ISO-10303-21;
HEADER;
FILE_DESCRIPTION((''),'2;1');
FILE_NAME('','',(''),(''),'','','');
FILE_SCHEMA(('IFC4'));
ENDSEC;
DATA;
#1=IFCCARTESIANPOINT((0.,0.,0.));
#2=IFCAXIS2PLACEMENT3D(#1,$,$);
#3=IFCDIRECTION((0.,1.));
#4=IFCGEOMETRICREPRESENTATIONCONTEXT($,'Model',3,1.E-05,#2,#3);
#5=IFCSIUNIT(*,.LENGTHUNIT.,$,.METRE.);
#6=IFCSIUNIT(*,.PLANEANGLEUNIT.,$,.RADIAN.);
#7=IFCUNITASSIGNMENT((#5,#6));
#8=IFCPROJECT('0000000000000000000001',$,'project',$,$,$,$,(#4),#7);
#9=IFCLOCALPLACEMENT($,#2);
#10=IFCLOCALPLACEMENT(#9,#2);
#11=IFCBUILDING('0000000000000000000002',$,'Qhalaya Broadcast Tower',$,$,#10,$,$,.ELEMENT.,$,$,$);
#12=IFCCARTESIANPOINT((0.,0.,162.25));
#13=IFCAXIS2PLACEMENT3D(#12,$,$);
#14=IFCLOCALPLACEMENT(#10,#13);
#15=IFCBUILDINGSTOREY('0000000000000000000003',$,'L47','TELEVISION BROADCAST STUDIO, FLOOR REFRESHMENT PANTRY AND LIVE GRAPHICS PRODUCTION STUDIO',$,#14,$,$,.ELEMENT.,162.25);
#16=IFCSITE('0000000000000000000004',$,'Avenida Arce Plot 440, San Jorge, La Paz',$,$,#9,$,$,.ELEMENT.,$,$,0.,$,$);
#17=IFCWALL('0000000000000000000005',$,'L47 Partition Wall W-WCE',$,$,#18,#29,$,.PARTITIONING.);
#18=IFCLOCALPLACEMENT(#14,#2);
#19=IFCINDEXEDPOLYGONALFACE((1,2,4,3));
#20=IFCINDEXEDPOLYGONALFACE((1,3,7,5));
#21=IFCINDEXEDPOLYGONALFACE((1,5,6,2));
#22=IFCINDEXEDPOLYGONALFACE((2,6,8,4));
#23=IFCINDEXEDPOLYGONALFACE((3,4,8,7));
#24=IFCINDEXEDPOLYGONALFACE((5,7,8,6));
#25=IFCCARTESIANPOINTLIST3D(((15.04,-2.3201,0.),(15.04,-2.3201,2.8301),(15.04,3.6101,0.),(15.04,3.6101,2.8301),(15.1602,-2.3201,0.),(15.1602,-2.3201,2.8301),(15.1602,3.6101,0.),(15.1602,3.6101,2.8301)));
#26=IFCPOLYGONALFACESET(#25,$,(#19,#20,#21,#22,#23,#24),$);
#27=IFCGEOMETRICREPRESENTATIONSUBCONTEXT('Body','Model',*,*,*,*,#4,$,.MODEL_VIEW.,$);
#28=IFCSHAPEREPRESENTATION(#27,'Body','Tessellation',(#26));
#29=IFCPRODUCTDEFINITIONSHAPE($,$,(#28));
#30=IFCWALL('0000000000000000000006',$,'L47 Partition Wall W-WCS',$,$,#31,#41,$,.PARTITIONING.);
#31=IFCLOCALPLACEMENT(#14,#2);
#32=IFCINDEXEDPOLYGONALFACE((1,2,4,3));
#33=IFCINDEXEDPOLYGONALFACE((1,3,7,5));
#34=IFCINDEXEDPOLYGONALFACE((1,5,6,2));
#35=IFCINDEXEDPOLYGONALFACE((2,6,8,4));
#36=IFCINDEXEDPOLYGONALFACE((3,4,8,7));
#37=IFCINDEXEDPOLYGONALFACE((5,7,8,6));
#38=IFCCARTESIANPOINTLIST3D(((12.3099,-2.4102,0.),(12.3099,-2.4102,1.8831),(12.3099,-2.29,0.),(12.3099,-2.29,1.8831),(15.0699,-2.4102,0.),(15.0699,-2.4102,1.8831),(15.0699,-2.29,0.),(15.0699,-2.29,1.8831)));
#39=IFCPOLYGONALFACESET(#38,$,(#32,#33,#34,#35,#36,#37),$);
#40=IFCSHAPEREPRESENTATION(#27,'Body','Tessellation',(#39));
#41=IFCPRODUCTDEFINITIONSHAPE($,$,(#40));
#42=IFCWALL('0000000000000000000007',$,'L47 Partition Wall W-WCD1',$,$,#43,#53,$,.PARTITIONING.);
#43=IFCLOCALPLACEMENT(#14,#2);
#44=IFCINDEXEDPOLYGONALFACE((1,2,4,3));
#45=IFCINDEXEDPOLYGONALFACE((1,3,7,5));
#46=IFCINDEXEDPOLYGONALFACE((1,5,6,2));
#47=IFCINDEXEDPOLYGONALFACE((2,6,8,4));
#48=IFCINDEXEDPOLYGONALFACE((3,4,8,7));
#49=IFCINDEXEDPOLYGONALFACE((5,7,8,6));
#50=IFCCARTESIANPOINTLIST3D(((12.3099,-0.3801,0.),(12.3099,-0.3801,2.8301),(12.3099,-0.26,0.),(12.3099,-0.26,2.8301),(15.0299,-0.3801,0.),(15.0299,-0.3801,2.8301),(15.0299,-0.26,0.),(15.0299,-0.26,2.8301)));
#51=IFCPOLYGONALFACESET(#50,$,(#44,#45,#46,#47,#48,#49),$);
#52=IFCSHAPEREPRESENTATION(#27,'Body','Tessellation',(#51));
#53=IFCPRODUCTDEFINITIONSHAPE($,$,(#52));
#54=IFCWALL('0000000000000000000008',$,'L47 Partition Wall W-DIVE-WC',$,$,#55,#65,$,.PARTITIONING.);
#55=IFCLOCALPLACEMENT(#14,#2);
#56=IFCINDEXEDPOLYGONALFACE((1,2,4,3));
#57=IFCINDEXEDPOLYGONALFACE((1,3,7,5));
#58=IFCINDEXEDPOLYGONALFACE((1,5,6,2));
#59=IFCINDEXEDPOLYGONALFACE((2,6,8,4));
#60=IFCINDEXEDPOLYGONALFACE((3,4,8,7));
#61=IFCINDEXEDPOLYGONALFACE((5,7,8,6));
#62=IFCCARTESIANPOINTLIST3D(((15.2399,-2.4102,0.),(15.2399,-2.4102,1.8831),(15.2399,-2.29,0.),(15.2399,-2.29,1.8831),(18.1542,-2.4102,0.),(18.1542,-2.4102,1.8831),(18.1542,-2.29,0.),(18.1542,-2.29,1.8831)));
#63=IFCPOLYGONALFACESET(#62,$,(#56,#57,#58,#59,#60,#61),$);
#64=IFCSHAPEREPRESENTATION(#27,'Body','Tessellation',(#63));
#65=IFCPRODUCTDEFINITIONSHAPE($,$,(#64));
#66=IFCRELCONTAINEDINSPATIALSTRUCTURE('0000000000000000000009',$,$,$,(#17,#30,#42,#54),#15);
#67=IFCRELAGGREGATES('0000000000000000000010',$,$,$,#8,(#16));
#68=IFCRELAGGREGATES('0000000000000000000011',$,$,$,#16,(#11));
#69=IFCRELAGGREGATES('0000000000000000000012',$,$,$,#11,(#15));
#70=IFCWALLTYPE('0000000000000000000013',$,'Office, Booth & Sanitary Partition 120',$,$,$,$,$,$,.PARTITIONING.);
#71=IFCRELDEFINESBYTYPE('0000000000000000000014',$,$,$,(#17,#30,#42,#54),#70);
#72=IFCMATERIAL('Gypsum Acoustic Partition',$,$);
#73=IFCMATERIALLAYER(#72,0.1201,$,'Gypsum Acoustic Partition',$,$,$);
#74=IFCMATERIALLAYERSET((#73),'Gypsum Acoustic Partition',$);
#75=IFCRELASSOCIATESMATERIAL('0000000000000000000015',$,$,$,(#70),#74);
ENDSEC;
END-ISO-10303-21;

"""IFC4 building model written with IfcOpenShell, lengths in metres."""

from ifc_helpers import new_model, si_unit, direction, frame, frame_2d, origin, place, context, subcontext, project, spatial, rectangle, extrude, material, layer, layer_set, type_object, element, save


model = new_model("IFC4")

# Units and contexts
model_context = context("Model", 3, precision=1e-05, world=origin(), true_north=direction((0.0, 1.0)))
body_context = subcontext(model_context, "Body", "Model", "MODEL_VIEW")
ifc_project = project(units=[si_unit("LENGTHUNIT", "METRE"), si_unit("PLANEANGLEUNIT", "RADIAN")], contexts=[model_context])

# Site, building, storey
site_placement = place(None, origin())
site = spatial("IfcSite", under=ifc_project, at=site_placement, Name="Avenida Arce Plot 440, San Jorge, La Paz", CompositionType="ELEMENT", RefElevation=0.0)
building_placement = place(site_placement, origin())
building = spatial("IfcBuilding", under=site, at=building_placement, Name="Qhalaya Broadcast Tower", CompositionType="ELEMENT")
storey_placement = place(building_placement, frame((0.0, 0.0, 162.25)))
storey = spatial("IfcBuildingStorey", under=building, at=storey_placement, Name="L47", Description="TELEVISION BROADCAST STUDIO, FLOOR REFRESHMENT PANTRY AND LIVE GRAPHICS PRODUCTION STUDIO", CompositionType="ELEMENT", Elevation=162.25)

# Shared definitions
ifc_material_1 = material(Name="Gypsum Acoustic Partition")
ifc_layer_1 = layer(ifc_material_1, 0.1201, Name="Gypsum Acoustic Partition")
ifc_layer_set_1 = layer_set([ifc_layer_1], Name="Gypsum Acoustic Partition")
wall_type_1 = type_object("IfcWallType", Name="Office, Booth & Sanitary Partition 120", PredefinedType="PARTITIONING", material=ifc_layer_set_1)

# Walls
wall_1_placement = place(storey_placement, frame((15.1001, -2.3201, 0.0), z_axis=(0.0, 0.0, 1.0), x_axis=(0.0, 1.0, 0.0)))
element("IfcWall", 1, at=wall_1_placement, inside=storey, type_object=wall_type_1, Name="L47 Partition Wall W-WCE", PredefinedType="PARTITIONING", context=body_context, shape_type="SweptSolid", body=[
    extrude(rectangle(XDim=5.9302, YDim=0.1201, at=frame_2d((2.9651, 0.0))), origin(), (0.0, 0.0, 1.0), 2.8301),
])
wall_2_placement = place(storey_placement, frame((12.3101, -2.3501, 0.0), z_axis=(0.0, 0.0, 1.0), x_axis=(1.0, 0.0, 0.0)))
element("IfcWall", 2, at=wall_2_placement, inside=storey, type_object=wall_type_1, Name="L47 Partition Wall W-WCS", PredefinedType="PARTITIONING", context=body_context, shape_type="SweptSolid", body=[
    extrude(rectangle(XDim=2.76, YDim=0.1201, at=frame_2d((1.3799, 0.0))), origin(), (0.0, 0.0, 1.0), 1.8831),
])
wall_3_placement = place(storey_placement, frame((12.3101, -0.3201, 0.0), z_axis=(0.0, 0.0, 1.0), x_axis=(1.0, 0.0, 0.0)))
element("IfcWall", 3, at=wall_3_placement, inside=storey, type_object=wall_type_1, Name="L47 Partition Wall W-WCD1", PredefinedType="PARTITIONING", context=body_context, shape_type="SweptSolid", body=[
    extrude(rectangle(XDim=2.72, YDim=0.1201, at=frame_2d((1.3599, 0.0))), origin(), (0.0, 0.0, 1.0), 2.8301),
])
wall_4_placement = place(storey_placement, frame((15.24, -2.3501, 0.0), z_axis=(0.0, 0.0, 1.0), x_axis=(1.0, 0.0, 0.0)))
element("IfcWall", 4, at=wall_4_placement, inside=storey, type_object=wall_type_1, Name="L47 Partition Wall W-DIVE-WC", PredefinedType="PARTITIONING", context=body_context, shape_type="SweptSolid", body=[
    extrude(rectangle(XDim=2.9143, YDim=0.1201, at=frame_2d((1.457, 0.0))), origin(), (0.0, 0.0, 1.0), 1.8831),
])

save(model, "model.ifc")
